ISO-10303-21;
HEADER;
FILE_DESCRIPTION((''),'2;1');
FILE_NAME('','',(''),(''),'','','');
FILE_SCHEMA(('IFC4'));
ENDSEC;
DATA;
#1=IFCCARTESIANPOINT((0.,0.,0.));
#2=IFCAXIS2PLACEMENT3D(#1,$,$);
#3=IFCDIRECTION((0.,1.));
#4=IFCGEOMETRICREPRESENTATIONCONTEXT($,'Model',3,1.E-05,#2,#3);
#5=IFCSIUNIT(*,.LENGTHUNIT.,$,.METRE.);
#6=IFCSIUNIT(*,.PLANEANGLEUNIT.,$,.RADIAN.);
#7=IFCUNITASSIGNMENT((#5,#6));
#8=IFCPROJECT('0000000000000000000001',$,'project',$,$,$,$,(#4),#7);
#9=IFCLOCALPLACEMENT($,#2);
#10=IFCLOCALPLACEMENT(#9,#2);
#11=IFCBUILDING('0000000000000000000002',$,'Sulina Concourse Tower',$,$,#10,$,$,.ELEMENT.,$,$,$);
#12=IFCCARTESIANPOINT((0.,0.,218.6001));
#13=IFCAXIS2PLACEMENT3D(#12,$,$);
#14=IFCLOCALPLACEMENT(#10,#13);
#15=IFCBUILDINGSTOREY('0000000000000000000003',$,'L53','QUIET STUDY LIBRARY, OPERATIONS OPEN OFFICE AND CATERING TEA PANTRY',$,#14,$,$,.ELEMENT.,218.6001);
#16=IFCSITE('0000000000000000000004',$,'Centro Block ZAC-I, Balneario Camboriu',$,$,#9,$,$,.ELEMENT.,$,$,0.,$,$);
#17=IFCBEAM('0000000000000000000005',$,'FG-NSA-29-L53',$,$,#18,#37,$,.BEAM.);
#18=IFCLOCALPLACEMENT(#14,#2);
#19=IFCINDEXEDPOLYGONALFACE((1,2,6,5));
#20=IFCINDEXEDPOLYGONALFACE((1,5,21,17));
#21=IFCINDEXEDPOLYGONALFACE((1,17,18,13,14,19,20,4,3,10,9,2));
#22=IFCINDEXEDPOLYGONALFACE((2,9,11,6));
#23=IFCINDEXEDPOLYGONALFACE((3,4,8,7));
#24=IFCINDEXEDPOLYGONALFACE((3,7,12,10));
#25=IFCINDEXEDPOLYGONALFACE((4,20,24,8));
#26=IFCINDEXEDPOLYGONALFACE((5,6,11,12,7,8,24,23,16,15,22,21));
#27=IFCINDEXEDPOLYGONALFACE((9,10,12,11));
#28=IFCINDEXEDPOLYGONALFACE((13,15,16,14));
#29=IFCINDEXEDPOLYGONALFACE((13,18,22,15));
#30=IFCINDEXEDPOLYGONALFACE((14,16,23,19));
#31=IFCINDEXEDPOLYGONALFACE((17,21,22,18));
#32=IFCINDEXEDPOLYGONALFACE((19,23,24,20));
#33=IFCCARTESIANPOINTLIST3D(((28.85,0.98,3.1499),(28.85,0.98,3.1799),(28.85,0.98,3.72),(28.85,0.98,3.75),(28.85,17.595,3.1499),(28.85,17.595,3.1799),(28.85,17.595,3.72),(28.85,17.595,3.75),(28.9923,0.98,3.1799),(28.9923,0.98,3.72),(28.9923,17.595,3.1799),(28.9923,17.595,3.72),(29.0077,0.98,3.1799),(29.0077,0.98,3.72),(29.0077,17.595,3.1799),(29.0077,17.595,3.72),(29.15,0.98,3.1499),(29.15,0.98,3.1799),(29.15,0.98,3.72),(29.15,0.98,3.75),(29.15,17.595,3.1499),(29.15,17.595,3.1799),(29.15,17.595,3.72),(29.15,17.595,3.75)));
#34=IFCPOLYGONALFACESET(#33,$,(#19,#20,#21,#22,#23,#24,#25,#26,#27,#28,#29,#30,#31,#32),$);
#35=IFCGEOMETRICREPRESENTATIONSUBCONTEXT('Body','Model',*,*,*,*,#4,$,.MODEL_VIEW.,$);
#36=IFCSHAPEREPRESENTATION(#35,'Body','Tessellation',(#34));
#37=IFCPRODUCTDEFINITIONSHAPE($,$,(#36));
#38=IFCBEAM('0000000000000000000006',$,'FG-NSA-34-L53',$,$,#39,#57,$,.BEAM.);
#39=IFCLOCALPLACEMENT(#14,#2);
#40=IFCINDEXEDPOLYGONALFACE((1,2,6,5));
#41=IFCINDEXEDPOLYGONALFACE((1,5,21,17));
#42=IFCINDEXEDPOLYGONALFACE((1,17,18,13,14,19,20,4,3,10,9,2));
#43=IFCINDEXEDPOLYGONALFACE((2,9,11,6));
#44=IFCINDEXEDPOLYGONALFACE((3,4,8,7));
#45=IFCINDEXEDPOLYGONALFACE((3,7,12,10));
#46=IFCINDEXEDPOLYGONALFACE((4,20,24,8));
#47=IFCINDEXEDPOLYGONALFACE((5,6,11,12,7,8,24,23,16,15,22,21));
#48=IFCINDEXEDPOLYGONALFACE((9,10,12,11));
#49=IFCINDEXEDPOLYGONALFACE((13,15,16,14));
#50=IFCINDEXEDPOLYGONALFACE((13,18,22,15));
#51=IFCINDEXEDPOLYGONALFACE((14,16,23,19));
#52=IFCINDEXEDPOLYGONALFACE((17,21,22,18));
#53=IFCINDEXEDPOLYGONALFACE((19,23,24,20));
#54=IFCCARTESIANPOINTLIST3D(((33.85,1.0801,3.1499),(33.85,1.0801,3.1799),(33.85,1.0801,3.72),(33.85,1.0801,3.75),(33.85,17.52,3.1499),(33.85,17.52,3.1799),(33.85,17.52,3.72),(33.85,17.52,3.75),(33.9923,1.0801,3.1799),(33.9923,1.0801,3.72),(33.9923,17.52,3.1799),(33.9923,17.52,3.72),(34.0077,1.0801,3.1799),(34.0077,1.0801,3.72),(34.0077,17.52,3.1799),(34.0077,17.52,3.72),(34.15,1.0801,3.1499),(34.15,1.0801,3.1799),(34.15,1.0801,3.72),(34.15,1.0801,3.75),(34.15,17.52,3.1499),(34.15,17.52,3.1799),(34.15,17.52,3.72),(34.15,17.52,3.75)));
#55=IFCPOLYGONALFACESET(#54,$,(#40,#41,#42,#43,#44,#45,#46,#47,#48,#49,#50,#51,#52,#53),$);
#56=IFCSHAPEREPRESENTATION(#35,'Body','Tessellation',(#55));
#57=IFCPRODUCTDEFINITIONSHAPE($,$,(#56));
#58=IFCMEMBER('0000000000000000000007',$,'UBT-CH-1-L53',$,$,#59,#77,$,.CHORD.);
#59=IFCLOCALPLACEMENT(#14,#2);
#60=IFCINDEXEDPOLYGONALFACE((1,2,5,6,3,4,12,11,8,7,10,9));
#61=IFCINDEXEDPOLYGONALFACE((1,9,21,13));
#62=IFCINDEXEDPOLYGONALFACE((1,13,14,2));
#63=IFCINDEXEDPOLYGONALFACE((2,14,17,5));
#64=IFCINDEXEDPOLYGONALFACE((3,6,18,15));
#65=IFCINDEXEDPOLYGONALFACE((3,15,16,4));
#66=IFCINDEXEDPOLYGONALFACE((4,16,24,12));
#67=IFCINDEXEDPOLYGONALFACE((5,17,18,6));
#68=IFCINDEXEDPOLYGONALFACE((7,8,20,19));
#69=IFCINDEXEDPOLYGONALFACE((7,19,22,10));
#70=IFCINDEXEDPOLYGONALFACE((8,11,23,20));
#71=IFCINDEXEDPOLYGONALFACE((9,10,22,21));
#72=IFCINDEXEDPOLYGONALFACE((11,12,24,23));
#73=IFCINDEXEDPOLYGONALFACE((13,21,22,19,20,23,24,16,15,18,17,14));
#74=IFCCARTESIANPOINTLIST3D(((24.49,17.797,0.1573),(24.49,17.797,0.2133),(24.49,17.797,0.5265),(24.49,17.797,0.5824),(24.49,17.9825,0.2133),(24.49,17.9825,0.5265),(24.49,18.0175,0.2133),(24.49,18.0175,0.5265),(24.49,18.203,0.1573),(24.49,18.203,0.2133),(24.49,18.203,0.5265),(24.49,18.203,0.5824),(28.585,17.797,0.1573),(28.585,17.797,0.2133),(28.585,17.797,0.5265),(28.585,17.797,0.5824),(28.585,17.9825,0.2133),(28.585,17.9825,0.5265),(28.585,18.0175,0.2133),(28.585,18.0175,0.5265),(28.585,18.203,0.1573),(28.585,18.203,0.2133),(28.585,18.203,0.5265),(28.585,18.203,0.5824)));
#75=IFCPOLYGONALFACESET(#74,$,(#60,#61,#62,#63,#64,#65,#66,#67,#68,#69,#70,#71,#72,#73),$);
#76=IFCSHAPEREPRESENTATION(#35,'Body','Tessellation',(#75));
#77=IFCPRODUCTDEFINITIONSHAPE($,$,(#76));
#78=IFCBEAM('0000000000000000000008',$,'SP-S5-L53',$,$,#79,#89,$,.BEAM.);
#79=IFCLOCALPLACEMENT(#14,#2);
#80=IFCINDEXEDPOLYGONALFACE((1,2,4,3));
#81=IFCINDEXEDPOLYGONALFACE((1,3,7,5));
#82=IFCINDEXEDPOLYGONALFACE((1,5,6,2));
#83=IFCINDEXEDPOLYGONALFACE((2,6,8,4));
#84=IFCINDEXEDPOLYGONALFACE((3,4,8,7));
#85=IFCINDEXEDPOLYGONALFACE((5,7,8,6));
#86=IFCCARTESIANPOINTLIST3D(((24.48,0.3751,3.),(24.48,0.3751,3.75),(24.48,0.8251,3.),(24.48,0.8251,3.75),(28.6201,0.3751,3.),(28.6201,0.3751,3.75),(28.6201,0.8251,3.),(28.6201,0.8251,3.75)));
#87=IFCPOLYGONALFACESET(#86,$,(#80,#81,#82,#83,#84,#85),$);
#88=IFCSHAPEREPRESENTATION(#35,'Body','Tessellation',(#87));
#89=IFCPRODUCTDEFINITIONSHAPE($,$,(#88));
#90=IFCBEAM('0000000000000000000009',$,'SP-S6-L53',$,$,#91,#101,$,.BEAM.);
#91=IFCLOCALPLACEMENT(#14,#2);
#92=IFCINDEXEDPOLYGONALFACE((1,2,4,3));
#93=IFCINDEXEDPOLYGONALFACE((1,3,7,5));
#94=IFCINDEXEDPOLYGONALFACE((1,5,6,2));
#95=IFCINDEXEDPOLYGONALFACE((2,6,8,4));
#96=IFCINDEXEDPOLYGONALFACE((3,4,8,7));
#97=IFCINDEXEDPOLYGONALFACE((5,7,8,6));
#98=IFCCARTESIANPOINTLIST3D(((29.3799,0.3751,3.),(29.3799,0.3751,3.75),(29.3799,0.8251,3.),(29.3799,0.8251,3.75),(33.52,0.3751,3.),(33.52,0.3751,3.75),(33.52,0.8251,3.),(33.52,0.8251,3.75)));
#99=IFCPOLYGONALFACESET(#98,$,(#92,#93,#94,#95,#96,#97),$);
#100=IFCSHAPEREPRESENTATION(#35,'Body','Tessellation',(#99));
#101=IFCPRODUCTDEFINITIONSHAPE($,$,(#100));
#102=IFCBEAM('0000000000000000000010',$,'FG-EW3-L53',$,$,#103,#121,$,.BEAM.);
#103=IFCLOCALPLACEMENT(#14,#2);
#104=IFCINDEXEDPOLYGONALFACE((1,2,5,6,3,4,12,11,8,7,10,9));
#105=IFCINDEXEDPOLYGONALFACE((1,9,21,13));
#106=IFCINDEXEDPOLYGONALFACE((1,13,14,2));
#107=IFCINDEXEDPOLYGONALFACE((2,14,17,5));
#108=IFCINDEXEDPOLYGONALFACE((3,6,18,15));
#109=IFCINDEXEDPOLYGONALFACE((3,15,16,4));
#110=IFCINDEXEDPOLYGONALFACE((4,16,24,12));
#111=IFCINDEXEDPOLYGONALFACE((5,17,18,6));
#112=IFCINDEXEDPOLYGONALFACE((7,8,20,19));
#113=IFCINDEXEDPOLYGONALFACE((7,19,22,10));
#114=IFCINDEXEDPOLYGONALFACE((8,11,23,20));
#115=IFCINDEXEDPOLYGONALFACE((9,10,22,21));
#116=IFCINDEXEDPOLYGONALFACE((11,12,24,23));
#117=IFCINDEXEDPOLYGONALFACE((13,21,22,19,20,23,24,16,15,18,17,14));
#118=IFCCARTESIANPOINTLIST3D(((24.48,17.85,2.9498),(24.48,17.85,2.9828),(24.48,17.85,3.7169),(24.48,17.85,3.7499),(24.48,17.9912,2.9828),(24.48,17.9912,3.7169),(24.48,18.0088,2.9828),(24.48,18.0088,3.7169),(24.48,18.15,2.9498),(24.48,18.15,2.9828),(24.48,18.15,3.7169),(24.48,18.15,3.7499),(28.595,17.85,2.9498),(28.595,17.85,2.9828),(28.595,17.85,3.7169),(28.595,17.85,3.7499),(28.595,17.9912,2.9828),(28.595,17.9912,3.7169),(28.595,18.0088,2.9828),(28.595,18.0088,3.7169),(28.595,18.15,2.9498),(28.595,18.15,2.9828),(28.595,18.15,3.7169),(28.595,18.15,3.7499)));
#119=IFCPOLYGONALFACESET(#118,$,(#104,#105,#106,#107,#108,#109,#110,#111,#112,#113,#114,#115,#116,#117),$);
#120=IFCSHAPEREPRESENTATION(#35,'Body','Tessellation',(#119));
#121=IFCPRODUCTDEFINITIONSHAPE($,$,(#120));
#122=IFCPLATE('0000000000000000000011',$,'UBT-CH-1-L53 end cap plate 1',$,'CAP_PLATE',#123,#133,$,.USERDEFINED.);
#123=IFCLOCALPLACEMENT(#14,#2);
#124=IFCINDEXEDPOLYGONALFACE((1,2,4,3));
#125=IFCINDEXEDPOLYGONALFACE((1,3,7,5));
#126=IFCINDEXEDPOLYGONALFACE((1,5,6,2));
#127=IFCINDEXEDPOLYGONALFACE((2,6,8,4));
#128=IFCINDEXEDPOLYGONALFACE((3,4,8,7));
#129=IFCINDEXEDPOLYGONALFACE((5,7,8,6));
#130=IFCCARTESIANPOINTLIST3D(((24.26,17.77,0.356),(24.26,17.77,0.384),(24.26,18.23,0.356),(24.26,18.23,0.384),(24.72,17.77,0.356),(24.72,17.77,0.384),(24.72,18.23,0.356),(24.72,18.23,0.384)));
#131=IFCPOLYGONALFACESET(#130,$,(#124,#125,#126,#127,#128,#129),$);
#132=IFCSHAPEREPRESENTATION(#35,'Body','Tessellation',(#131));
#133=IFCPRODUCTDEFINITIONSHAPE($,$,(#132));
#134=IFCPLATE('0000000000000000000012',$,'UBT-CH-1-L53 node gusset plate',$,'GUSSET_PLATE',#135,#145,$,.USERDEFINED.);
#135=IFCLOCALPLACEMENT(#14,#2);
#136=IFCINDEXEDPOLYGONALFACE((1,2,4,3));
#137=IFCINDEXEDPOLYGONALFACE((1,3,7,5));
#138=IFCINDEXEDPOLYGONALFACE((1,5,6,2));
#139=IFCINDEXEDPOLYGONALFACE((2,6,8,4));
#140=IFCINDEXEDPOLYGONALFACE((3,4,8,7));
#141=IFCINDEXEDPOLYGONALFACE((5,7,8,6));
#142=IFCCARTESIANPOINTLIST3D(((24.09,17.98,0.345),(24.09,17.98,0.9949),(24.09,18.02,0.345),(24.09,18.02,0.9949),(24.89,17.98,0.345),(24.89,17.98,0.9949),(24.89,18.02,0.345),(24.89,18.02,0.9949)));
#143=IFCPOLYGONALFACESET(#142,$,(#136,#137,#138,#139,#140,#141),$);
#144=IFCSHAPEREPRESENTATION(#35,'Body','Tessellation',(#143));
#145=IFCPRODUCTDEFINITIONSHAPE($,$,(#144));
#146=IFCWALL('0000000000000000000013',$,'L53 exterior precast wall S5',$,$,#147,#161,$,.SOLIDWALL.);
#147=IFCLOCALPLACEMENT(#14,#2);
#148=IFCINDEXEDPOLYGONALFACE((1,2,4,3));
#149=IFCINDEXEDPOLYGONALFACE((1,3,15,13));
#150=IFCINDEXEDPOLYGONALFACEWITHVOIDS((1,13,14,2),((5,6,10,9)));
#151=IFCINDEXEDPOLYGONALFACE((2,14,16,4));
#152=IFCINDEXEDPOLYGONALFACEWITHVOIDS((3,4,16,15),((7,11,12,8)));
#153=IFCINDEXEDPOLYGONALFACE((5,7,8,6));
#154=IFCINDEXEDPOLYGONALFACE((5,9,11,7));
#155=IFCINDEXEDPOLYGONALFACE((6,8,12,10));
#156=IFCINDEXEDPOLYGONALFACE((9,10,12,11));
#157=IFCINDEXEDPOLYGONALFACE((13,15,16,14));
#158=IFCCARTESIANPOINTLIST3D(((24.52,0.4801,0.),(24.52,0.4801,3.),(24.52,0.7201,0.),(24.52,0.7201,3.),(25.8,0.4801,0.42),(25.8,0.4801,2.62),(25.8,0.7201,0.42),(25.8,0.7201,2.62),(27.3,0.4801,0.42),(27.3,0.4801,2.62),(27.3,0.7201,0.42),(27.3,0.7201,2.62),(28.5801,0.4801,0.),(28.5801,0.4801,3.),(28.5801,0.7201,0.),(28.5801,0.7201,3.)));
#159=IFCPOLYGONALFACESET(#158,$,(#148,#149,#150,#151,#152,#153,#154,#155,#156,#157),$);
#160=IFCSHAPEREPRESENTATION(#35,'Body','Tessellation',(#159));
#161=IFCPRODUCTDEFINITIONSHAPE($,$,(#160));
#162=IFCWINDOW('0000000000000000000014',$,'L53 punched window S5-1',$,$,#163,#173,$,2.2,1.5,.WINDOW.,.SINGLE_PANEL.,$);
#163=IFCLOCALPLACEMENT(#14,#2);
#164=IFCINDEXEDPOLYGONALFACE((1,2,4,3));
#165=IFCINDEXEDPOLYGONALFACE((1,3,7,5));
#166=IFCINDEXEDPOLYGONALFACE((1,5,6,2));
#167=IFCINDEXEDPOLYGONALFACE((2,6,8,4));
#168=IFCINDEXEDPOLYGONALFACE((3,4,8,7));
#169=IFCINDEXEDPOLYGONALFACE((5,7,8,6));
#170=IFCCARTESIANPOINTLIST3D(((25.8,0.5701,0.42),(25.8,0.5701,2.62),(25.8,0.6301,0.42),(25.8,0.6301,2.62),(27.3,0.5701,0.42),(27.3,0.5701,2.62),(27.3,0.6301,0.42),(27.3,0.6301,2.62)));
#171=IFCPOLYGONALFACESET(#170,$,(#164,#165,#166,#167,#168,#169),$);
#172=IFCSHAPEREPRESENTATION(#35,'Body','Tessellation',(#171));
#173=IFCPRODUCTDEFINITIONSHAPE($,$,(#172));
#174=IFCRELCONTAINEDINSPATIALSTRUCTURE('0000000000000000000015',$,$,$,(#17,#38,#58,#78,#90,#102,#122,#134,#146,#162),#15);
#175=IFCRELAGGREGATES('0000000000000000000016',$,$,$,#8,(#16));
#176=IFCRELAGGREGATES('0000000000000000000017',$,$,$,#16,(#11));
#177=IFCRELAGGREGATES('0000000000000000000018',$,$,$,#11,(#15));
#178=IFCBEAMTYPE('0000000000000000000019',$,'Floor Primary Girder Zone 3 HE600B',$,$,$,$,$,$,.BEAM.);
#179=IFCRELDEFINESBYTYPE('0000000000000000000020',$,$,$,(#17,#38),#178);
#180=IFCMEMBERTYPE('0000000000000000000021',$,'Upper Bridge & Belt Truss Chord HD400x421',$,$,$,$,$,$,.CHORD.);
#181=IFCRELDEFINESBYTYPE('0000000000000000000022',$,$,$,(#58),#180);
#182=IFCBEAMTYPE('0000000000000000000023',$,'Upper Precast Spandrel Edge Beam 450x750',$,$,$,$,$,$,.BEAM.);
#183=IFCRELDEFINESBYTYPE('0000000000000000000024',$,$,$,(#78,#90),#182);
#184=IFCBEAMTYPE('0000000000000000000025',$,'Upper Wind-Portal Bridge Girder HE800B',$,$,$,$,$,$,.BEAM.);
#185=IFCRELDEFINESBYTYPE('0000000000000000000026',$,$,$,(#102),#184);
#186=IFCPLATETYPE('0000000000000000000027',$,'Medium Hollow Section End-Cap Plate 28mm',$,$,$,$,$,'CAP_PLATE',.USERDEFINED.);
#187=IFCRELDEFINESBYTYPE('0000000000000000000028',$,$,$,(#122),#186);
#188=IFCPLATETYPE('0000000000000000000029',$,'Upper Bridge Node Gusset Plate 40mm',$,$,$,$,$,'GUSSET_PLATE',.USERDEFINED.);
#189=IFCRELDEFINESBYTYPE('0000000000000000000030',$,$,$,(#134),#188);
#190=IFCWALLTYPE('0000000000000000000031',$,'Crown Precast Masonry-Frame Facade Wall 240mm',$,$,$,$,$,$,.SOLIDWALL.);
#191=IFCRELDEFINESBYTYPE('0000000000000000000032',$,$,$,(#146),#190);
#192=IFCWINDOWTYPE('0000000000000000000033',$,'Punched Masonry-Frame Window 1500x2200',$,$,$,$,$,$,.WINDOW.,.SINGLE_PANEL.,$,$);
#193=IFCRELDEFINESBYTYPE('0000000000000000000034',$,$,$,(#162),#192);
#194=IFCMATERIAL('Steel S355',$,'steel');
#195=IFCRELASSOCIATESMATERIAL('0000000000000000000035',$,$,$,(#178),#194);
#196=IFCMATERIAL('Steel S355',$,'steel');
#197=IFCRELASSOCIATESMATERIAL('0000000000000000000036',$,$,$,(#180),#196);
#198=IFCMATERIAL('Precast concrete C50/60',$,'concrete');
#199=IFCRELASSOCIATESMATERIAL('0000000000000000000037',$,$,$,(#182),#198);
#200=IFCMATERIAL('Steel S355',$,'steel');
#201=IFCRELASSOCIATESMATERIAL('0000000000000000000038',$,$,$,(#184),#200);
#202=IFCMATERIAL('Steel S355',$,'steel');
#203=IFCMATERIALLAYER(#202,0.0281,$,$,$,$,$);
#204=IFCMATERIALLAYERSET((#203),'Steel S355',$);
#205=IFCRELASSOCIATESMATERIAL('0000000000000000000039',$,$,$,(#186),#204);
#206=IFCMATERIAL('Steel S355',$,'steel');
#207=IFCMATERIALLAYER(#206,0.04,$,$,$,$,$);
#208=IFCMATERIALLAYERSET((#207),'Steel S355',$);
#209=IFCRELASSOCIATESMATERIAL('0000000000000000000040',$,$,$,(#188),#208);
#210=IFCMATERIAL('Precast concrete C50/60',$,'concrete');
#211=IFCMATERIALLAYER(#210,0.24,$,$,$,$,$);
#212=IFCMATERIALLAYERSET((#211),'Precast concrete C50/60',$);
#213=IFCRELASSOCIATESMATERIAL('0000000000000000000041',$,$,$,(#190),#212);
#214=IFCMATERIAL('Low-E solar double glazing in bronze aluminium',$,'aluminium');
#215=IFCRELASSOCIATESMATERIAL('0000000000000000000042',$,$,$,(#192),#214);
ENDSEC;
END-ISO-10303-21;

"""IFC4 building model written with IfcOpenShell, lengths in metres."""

from ifc_helpers import new_model, si_unit, direction, frame, frame_2d, origin, origin_2d, place, context, subcontext, project, spatial, rectangle, i_section, extrude, material, layer, layer_set, material_profile, profile_set, type_object, element, fill, save


model = new_model("IFC4")

# Units and contexts
model_context = context("Model", 3, precision=1e-05, world=origin(), true_north=direction((0.0, 1.0)))
body_context = subcontext(model_context, "Body", "Model", "MODEL_VIEW")
ifc_project = project(units=[si_unit("LENGTHUNIT", "METRE"), si_unit("PLANEANGLEUNIT", "RADIAN")], contexts=[model_context])

# Site, building, storey
site_placement = place(None, origin())
site = spatial("IfcSite", under=ifc_project, at=site_placement, Name="Centro Block ZAC-I, Balneario Camboriu", CompositionType="ELEMENT", RefElevation=0.0)
building_placement = place(site_placement, origin())
building = spatial("IfcBuilding", under=site, at=building_placement, Name="Sulina Concourse Tower", CompositionType="ELEMENT")
storey_placement = place(building_placement, frame((0.0, 0.0, 218.6001)))
storey = spatial("IfcBuildingStorey", under=building, at=storey_placement, Name="L53", Description="QUIET STUDY LIBRARY, OPERATIONS OPEN OFFICE AND CATERING TEA PANTRY", CompositionType="ELEMENT", Elevation=218.6001)

# Beams
ifc_material_1 = material(Name="Steel S355", Category="steel")
ifc_material_profile_1 = material_profile(ifc_material_1, i_section(OverallWidth=0.3, OverallDepth=0.6001, WebThickness=0.0154, FlangeThickness=0.03, at=origin_2d()), Name="HE 600 B")
ifc_profile_set_1 = profile_set([ifc_material_profile_1], Name="Steel S355")
beam_type_1 = type_object("IfcBeamType", Name="Floor Primary Girder Zone 3 HE600B", PredefinedType="BEAM", material=ifc_profile_set_1)
beam_1_placement = place(storey_placement, frame((29.0, 0.98, 3.45), z_axis=(0.0, 1.0, 0.0), x_axis=(-1.0, 0.0, 0.0)))
element("IfcBeam", 1, at=beam_1_placement, inside=storey, type_object=beam_type_1, Name="FG-NSA-29-L53", PredefinedType="BEAM", context=body_context, shape_type="SweptSolid", body=[
    extrude(i_section(OverallWidth=0.3, OverallDepth=0.6001, WebThickness=0.0154, FlangeThickness=0.03, at=origin_2d()), origin(), (0.0, 0.0, 1.0), 16.615),
])
beam_2_placement = place(storey_placement, frame((34.0, 1.0801, 3.45), z_axis=(0.0, 1.0, 0.0), x_axis=(-1.0, 0.0, 0.0)))
element("IfcBeam", 2, at=beam_2_placement, inside=storey, type_object=beam_type_1, Name="FG-NSA-34-L53", PredefinedType="BEAM", context=body_context, shape_type="SweptSolid", body=[
    extrude(i_section(OverallWidth=0.3, OverallDepth=0.6001, WebThickness=0.0154, FlangeThickness=0.03, at=origin_2d()), origin(), (0.0, 0.0, 1.0), 16.4399),
])

# Member
ifc_material_2 = material(Name="Steel S355", Category="steel")
ifc_material_profile_2 = material_profile(ifc_material_2, i_section(OverallWidth=0.406, OverallDepth=0.425, WebThickness=0.0349, FlangeThickness=0.0559, at=origin_2d()), Name="HD 400x421")
ifc_profile_set_2 = profile_set([ifc_material_profile_2], Name="Steel S355")
member_type = type_object("IfcMemberType", Name="Upper Bridge & Belt Truss Chord HD400x421", PredefinedType="CHORD", material=ifc_profile_set_2)
member_placement = place(storey_placement, frame((24.49, 18.0, 0.3699), z_axis=(1.0, 0.0, 0.0), x_axis=(0.0, 1.0, 0.0)))
element("IfcMember", 3, at=member_placement, inside=storey, type_object=member_type, Name="UBT-CH-1-L53", PredefinedType="CHORD", context=body_context, shape_type="SweptSolid", body=[
    extrude(i_section(OverallWidth=0.406, OverallDepth=0.425, WebThickness=0.0349, FlangeThickness=0.0559, at=origin_2d()), origin(), (0.0, 0.0, 1.0), 4.095),
])

# Beams
ifc_material_3 = material(Name="Precast concrete C50/60", Category="concrete")
ifc_material_profile_3 = material_profile(ifc_material_3, rectangle(XDim=0.45, YDim=0.75, at=origin_2d()), Name="RC 450x750")
ifc_profile_set_3 = profile_set([ifc_material_profile_3], Name="Precast concrete C50/60")
beam_type_2 = type_object("IfcBeamType", Name="Upper Precast Spandrel Edge Beam 450x750", PredefinedType="BEAM", material=ifc_profile_set_3)
for number, where, z_axis, x_axis, name in (
    (4, (24.48, 0.6001, 3.375), (1.0, 0.0, 0.0), (0.0, 1.0, 0.0), "SP-S5-L53"),
    (5, (29.3799, 0.6001, 3.375), (1.0, 0.0, 0.0), (0.0, 1.0, 0.0), "SP-S6-L53"),
):
    element("IfcBeam", number, at=place(storey_placement, frame(where, z_axis=z_axis, x_axis=x_axis)), inside=storey, type_object=beam_type_2, Name=name, PredefinedType="BEAM", context=body_context, shape_type="SweptSolid", body=[
        extrude(rectangle(XDim=0.45, YDim=0.75, at=origin_2d()), origin(), (0.0, 0.0, 1.0), 4.1401),
    ])
ifc_material_4 = material(Name="Steel S355", Category="steel")
ifc_material_profile_4 = material_profile(ifc_material_4, i_section(OverallWidth=0.3, OverallDepth=0.8, WebThickness=0.0176, FlangeThickness=0.033, at=origin_2d()), Name="HE 800 B")
ifc_profile_set_4 = profile_set([ifc_material_profile_4], Name="Steel S355")
beam_type_3 = type_object("IfcBeamType", Name="Upper Wind-Portal Bridge Girder HE800B", PredefinedType="BEAM", material=ifc_profile_set_4)
beam_3_placement = place(storey_placement, frame((24.48, 18.0, 3.3499), z_axis=(1.0, 0.0, 0.0), x_axis=(0.0, 1.0, 0.0)))
element("IfcBeam", 6, at=beam_3_placement, inside=storey, type_object=beam_type_3, Name="FG-EW3-L53", PredefinedType="BEAM", context=body_context, shape_type="SweptSolid", body=[
    extrude(i_section(OverallWidth=0.3, OverallDepth=0.8, WebThickness=0.0176, FlangeThickness=0.033, at=origin_2d()), origin(), (0.0, 0.0, 1.0), 4.115),
])

# Plates
ifc_material_5 = material(Name="Steel S355", Category="steel")
ifc_layer_1 = layer(ifc_material_5, 0.0281)
ifc_layer_set_1 = layer_set([ifc_layer_1], Name="Steel S355")
plate_type_1 = type_object("IfcPlateType", Name="Medium Hollow Section End-Cap Plate 28mm", ElementType="CAP_PLATE", PredefinedType="USERDEFINED", material=ifc_layer_set_1)
plate_1_placement = place(storey_placement, frame((24.49, 18.0, 0.356), z_axis=(0.0, 0.0, 1.0), x_axis=(1.0, 0.0, 0.0)))
element("IfcPlate", 7, at=plate_1_placement, inside=storey, type_object=plate_type_1, Name="UBT-CH-1-L53 end cap plate 1", ObjectType="CAP_PLATE", PredefinedType="USERDEFINED", context=body_context, shape_type="SweptSolid", body=[
    extrude(rectangle(XDim=0.46, YDim=0.46, at=origin_2d()), origin(), (0.0, 0.0, 1.0), 0.0281),
])
ifc_material_6 = material(Name="Steel S355", Category="steel")
ifc_layer_2 = layer(ifc_material_6, 0.04)
ifc_layer_set_2 = layer_set([ifc_layer_2], Name="Steel S355")
plate_type_2 = type_object("IfcPlateType", Name="Upper Bridge Node Gusset Plate 40mm", ElementType="GUSSET_PLATE", PredefinedType="USERDEFINED", material=ifc_layer_set_2)
plate_2_placement = place(storey_placement, frame((24.49, 18.0, 0.345), z_axis=(0.0, 0.0, 1.0), x_axis=(1.0, 0.0, 0.0)))
element("IfcPlate", 8, at=plate_2_placement, inside=storey, type_object=plate_type_2, Name="UBT-CH-1-L53 node gusset plate", ObjectType="GUSSET_PLATE", PredefinedType="USERDEFINED", context=body_context, shape_type="SweptSolid", body=[
    extrude(rectangle(XDim=0.8, YDim=0.04, at=origin_2d()), origin(), (0.0, 0.0, 1.0), 0.6499),
])

# Wall, opening, window
ifc_material_7 = material(Name="Precast concrete C50/60", Category="concrete")
ifc_layer_3 = layer(ifc_material_7, 0.24)
ifc_layer_set_3 = layer_set([ifc_layer_3], Name="Precast concrete C50/60")
wall_type = type_object("IfcWallType", Name="Crown Precast Masonry-Frame Facade Wall 240mm", PredefinedType="SOLIDWALL", material=ifc_layer_set_3)
wall_1_placement = place(storey_placement, frame((28.5801, 0.6001, 0.0), z_axis=(0.0, 0.0, 1.0), x_axis=(-1.0, 0.0, 0.0)))
wall_1 = element("IfcWall", 9, at=wall_1_placement, inside=storey, type_object=wall_type, Name="L53 exterior precast wall S5", PredefinedType="SOLIDWALL", context=body_context, shape_type="SweptSolid", body=[
    extrude(rectangle(XDim=4.0601, YDim=0.24, at=frame_2d((2.03, 0.0))), origin(), (0.0, 0.0, 1.0), 3.0),
])
opening_1_placement = place(wall_1_placement, frame((1.28, 0.0, 0.4199)))
opening_1 = element("IfcOpeningElement", 10, at=opening_1_placement, cuts=wall_1, PredefinedType="OPENING", context=body_context, shape_type="SweptSolid", body=[
    extrude(rectangle(XDim=1.5, YDim=2.2, at=frame_2d((0.75, 1.1001))), frame((0.0, 0.1299, 0.0), z_axis=(0.0, -1.0, 0.0), x_axis=(1.0, 0.0, 0.0)), (0.0, 0.0, 1.0), 0.26),
])
ifc_material_8 = material(Name="Low-E solar double glazing in bronze aluminium", Category="aluminium")
window_type = type_object("IfcWindowType", Name="Punched Masonry-Frame Window 1500x2200", PartitioningType="SINGLE_PANEL", PredefinedType="WINDOW", material=ifc_material_8)
window_1_placement = place(opening_1_placement, origin())
window_1 = element("IfcWindow", 11, at=window_1_placement, inside=storey, type_object=window_type, Name="L53 punched window S5-1", OverallHeight=2.2, OverallWidth=1.5, PartitioningType="SINGLE_PANEL", PredefinedType="WINDOW", context=body_context, shape_type="SweptSolid", body=[
    extrude(rectangle(XDim=1.5, YDim=2.2, at=frame_2d((0.75, 1.1001))), frame((0.0, 0.03, 0.0), z_axis=(0.0, -1.0, 0.0), x_axis=(1.0, 0.0, 0.0)), (0.0, 0.0, 1.0), 0.0601),
])
fill(opening_1, window_1)

save(model, "model.ifc")
